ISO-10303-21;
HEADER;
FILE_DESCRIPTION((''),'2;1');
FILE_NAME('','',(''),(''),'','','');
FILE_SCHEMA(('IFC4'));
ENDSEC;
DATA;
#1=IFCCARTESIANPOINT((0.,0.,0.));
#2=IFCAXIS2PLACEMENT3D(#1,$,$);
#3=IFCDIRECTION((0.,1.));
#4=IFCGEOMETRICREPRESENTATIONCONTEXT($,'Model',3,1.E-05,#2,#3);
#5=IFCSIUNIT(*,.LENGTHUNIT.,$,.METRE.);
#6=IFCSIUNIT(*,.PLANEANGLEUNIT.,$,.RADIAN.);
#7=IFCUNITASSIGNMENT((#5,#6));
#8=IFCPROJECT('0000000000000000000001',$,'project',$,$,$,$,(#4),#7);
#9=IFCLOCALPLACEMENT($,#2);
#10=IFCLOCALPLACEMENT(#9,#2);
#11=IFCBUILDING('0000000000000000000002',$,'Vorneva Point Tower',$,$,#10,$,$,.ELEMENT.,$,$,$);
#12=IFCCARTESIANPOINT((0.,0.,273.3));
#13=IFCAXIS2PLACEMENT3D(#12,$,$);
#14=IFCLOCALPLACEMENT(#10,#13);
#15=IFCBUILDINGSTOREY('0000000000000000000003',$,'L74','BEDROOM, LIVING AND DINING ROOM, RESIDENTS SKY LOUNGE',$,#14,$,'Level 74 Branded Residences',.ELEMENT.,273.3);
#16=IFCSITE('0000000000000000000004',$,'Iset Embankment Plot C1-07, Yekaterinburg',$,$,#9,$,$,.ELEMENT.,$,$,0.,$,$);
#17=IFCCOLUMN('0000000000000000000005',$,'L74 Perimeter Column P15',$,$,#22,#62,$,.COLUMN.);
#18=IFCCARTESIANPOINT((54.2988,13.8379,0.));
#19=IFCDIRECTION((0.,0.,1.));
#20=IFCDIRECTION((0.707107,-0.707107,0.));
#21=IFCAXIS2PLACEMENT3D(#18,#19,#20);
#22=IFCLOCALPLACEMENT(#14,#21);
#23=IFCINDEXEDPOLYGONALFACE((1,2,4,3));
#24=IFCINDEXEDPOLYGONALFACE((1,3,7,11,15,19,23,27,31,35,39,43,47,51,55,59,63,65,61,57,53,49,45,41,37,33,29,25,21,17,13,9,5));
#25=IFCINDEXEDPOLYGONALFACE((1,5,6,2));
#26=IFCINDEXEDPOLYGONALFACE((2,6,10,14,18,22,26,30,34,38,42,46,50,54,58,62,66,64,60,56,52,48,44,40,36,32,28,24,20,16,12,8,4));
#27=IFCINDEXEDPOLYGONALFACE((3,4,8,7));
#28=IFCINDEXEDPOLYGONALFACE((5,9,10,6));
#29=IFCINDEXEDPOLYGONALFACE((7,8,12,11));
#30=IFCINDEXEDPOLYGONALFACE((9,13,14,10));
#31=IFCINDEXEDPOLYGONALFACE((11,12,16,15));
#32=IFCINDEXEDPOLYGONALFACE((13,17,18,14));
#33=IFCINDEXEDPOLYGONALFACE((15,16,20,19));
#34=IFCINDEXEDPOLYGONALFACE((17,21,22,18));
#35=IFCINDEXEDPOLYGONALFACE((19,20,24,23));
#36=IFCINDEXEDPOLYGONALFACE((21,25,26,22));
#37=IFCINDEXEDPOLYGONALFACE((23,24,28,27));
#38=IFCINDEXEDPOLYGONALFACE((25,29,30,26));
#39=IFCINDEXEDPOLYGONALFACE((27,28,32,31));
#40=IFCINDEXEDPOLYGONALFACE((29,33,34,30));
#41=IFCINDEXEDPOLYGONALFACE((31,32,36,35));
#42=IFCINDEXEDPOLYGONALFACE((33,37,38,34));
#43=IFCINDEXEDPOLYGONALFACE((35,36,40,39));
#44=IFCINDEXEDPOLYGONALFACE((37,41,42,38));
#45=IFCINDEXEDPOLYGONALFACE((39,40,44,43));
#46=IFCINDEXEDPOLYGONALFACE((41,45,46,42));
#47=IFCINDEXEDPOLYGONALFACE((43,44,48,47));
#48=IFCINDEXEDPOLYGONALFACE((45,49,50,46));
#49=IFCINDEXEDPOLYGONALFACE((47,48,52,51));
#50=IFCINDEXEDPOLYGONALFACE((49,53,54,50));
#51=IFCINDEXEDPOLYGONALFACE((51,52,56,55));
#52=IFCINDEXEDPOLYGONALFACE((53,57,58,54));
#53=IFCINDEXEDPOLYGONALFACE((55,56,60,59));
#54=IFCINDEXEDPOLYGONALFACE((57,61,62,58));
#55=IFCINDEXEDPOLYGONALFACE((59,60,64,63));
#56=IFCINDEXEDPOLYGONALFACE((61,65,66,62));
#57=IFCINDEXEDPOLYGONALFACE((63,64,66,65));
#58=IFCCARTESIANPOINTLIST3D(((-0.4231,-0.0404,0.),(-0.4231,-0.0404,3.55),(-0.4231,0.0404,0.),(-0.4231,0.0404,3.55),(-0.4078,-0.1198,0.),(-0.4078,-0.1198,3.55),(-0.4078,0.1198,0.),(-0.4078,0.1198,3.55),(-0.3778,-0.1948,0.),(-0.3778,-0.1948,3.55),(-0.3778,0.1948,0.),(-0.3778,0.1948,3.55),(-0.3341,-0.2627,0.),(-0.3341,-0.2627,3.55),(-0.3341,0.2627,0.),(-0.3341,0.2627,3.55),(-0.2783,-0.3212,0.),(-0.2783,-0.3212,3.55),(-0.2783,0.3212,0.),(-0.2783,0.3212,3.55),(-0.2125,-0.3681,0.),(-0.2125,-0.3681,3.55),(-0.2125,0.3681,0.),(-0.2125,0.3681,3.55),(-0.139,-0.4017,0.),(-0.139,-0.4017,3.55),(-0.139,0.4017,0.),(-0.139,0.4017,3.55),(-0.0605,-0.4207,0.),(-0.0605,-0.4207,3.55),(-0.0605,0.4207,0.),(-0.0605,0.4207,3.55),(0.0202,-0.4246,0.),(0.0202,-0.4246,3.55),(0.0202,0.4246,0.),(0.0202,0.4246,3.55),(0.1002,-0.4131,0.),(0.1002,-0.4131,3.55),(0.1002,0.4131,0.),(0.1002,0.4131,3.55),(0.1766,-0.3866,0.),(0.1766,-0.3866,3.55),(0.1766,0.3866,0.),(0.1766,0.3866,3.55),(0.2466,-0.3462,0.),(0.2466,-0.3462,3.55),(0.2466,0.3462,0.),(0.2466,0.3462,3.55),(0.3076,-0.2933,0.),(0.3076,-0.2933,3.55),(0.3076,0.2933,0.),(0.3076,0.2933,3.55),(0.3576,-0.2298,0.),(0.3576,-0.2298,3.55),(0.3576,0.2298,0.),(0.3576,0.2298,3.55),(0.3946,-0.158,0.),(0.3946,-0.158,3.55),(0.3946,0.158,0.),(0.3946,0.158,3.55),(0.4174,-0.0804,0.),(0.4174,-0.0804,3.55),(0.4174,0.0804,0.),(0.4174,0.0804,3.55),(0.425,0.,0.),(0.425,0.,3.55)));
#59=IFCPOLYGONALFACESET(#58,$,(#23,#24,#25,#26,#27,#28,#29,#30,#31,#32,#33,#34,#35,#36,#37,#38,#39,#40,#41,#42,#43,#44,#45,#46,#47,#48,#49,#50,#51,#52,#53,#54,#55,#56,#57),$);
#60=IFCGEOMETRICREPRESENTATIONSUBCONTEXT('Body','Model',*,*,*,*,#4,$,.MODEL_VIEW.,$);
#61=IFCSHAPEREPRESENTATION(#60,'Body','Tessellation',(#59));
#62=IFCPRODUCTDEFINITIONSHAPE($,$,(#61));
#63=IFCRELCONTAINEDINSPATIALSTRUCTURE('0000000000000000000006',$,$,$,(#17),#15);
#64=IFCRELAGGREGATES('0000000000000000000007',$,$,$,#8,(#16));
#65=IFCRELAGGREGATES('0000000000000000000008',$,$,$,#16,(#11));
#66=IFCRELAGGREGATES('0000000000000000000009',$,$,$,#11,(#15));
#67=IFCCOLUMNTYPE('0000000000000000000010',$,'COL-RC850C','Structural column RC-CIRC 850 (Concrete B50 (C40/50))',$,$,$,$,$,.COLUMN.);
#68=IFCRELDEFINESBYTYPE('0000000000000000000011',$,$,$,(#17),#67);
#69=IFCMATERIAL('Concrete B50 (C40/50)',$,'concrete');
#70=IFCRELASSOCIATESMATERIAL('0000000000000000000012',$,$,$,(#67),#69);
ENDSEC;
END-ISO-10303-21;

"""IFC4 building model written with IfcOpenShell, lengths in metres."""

from ifc_helpers import new_model, si_unit, direction, frame, origin, origin_2d, place, context, subcontext, project, spatial, circle, extrude, material, material_profile, profile_set, type_object, element, save


model = new_model("IFC4")

# Units and contexts
model_context = context("Model", 3, precision=1e-05, world=origin(), true_north=direction((0.0, 1.0)))
body_context = subcontext(model_context, "Body", "Model", "MODEL_VIEW")
ifc_project = project(units=[si_unit("LENGTHUNIT", "METRE"), si_unit("PLANEANGLEUNIT", "RADIAN")], contexts=[model_context])

# Site, building, storey
site_placement = place(None, origin())
site = spatial("IfcSite", under=ifc_project, at=site_placement, Name="Iset Embankment Plot C1-07, Yekaterinburg", CompositionType="ELEMENT", RefElevation=0.0)
building_placement = place(site_placement, origin())
building = spatial("IfcBuilding", under=site, at=building_placement, Name="Vorneva Point Tower", CompositionType="ELEMENT")
storey_placement = place(building_placement, frame((0.0, 0.0, 273.3)))
storey = spatial("IfcBuildingStorey", under=building, at=storey_placement, Name="L74", Description="BEDROOM, LIVING AND DINING ROOM, RESIDENTS SKY LOUNGE", LongName="Level 74 Branded Residences", CompositionType="ELEMENT", Elevation=273.3)

# Column
ifc_material_1 = material(Name="Concrete B50 (C40/50)", Category="concrete")
ifc_material_profile_1 = material_profile(ifc_material_1, circle(Radius=0.425, at=origin_2d()), Name="RC-CIRC 850")
ifc_profile_set_1 = profile_set([ifc_material_profile_1], Name="Concrete B50 (C40/50)")
column_type_1 = type_object("IfcColumnType", Name="COL-RC850C", Description="Structural column RC-CIRC 850 (Concrete B50 (C40/50))", PredefinedType="COLUMN", material=ifc_profile_set_1)
column_1_placement = place(storey_placement, frame((54.2988, 13.8379, 0.0), z_axis=(0.0, 0.0, 1.0), x_axis=(0.707107, -0.707107, 0.0)))
element("IfcColumn", 1, at=column_1_placement, inside=storey, type_object=column_type_1, Name="L74 Perimeter Column P15", PredefinedType="COLUMN", context=body_context, shape_type="SweptSolid", body=[
    extrude(circle(Radius=0.425, at=origin_2d()), origin(), (0.0, 0.0, 1.0), 3.55),
])

save(model, "model.ifc")
